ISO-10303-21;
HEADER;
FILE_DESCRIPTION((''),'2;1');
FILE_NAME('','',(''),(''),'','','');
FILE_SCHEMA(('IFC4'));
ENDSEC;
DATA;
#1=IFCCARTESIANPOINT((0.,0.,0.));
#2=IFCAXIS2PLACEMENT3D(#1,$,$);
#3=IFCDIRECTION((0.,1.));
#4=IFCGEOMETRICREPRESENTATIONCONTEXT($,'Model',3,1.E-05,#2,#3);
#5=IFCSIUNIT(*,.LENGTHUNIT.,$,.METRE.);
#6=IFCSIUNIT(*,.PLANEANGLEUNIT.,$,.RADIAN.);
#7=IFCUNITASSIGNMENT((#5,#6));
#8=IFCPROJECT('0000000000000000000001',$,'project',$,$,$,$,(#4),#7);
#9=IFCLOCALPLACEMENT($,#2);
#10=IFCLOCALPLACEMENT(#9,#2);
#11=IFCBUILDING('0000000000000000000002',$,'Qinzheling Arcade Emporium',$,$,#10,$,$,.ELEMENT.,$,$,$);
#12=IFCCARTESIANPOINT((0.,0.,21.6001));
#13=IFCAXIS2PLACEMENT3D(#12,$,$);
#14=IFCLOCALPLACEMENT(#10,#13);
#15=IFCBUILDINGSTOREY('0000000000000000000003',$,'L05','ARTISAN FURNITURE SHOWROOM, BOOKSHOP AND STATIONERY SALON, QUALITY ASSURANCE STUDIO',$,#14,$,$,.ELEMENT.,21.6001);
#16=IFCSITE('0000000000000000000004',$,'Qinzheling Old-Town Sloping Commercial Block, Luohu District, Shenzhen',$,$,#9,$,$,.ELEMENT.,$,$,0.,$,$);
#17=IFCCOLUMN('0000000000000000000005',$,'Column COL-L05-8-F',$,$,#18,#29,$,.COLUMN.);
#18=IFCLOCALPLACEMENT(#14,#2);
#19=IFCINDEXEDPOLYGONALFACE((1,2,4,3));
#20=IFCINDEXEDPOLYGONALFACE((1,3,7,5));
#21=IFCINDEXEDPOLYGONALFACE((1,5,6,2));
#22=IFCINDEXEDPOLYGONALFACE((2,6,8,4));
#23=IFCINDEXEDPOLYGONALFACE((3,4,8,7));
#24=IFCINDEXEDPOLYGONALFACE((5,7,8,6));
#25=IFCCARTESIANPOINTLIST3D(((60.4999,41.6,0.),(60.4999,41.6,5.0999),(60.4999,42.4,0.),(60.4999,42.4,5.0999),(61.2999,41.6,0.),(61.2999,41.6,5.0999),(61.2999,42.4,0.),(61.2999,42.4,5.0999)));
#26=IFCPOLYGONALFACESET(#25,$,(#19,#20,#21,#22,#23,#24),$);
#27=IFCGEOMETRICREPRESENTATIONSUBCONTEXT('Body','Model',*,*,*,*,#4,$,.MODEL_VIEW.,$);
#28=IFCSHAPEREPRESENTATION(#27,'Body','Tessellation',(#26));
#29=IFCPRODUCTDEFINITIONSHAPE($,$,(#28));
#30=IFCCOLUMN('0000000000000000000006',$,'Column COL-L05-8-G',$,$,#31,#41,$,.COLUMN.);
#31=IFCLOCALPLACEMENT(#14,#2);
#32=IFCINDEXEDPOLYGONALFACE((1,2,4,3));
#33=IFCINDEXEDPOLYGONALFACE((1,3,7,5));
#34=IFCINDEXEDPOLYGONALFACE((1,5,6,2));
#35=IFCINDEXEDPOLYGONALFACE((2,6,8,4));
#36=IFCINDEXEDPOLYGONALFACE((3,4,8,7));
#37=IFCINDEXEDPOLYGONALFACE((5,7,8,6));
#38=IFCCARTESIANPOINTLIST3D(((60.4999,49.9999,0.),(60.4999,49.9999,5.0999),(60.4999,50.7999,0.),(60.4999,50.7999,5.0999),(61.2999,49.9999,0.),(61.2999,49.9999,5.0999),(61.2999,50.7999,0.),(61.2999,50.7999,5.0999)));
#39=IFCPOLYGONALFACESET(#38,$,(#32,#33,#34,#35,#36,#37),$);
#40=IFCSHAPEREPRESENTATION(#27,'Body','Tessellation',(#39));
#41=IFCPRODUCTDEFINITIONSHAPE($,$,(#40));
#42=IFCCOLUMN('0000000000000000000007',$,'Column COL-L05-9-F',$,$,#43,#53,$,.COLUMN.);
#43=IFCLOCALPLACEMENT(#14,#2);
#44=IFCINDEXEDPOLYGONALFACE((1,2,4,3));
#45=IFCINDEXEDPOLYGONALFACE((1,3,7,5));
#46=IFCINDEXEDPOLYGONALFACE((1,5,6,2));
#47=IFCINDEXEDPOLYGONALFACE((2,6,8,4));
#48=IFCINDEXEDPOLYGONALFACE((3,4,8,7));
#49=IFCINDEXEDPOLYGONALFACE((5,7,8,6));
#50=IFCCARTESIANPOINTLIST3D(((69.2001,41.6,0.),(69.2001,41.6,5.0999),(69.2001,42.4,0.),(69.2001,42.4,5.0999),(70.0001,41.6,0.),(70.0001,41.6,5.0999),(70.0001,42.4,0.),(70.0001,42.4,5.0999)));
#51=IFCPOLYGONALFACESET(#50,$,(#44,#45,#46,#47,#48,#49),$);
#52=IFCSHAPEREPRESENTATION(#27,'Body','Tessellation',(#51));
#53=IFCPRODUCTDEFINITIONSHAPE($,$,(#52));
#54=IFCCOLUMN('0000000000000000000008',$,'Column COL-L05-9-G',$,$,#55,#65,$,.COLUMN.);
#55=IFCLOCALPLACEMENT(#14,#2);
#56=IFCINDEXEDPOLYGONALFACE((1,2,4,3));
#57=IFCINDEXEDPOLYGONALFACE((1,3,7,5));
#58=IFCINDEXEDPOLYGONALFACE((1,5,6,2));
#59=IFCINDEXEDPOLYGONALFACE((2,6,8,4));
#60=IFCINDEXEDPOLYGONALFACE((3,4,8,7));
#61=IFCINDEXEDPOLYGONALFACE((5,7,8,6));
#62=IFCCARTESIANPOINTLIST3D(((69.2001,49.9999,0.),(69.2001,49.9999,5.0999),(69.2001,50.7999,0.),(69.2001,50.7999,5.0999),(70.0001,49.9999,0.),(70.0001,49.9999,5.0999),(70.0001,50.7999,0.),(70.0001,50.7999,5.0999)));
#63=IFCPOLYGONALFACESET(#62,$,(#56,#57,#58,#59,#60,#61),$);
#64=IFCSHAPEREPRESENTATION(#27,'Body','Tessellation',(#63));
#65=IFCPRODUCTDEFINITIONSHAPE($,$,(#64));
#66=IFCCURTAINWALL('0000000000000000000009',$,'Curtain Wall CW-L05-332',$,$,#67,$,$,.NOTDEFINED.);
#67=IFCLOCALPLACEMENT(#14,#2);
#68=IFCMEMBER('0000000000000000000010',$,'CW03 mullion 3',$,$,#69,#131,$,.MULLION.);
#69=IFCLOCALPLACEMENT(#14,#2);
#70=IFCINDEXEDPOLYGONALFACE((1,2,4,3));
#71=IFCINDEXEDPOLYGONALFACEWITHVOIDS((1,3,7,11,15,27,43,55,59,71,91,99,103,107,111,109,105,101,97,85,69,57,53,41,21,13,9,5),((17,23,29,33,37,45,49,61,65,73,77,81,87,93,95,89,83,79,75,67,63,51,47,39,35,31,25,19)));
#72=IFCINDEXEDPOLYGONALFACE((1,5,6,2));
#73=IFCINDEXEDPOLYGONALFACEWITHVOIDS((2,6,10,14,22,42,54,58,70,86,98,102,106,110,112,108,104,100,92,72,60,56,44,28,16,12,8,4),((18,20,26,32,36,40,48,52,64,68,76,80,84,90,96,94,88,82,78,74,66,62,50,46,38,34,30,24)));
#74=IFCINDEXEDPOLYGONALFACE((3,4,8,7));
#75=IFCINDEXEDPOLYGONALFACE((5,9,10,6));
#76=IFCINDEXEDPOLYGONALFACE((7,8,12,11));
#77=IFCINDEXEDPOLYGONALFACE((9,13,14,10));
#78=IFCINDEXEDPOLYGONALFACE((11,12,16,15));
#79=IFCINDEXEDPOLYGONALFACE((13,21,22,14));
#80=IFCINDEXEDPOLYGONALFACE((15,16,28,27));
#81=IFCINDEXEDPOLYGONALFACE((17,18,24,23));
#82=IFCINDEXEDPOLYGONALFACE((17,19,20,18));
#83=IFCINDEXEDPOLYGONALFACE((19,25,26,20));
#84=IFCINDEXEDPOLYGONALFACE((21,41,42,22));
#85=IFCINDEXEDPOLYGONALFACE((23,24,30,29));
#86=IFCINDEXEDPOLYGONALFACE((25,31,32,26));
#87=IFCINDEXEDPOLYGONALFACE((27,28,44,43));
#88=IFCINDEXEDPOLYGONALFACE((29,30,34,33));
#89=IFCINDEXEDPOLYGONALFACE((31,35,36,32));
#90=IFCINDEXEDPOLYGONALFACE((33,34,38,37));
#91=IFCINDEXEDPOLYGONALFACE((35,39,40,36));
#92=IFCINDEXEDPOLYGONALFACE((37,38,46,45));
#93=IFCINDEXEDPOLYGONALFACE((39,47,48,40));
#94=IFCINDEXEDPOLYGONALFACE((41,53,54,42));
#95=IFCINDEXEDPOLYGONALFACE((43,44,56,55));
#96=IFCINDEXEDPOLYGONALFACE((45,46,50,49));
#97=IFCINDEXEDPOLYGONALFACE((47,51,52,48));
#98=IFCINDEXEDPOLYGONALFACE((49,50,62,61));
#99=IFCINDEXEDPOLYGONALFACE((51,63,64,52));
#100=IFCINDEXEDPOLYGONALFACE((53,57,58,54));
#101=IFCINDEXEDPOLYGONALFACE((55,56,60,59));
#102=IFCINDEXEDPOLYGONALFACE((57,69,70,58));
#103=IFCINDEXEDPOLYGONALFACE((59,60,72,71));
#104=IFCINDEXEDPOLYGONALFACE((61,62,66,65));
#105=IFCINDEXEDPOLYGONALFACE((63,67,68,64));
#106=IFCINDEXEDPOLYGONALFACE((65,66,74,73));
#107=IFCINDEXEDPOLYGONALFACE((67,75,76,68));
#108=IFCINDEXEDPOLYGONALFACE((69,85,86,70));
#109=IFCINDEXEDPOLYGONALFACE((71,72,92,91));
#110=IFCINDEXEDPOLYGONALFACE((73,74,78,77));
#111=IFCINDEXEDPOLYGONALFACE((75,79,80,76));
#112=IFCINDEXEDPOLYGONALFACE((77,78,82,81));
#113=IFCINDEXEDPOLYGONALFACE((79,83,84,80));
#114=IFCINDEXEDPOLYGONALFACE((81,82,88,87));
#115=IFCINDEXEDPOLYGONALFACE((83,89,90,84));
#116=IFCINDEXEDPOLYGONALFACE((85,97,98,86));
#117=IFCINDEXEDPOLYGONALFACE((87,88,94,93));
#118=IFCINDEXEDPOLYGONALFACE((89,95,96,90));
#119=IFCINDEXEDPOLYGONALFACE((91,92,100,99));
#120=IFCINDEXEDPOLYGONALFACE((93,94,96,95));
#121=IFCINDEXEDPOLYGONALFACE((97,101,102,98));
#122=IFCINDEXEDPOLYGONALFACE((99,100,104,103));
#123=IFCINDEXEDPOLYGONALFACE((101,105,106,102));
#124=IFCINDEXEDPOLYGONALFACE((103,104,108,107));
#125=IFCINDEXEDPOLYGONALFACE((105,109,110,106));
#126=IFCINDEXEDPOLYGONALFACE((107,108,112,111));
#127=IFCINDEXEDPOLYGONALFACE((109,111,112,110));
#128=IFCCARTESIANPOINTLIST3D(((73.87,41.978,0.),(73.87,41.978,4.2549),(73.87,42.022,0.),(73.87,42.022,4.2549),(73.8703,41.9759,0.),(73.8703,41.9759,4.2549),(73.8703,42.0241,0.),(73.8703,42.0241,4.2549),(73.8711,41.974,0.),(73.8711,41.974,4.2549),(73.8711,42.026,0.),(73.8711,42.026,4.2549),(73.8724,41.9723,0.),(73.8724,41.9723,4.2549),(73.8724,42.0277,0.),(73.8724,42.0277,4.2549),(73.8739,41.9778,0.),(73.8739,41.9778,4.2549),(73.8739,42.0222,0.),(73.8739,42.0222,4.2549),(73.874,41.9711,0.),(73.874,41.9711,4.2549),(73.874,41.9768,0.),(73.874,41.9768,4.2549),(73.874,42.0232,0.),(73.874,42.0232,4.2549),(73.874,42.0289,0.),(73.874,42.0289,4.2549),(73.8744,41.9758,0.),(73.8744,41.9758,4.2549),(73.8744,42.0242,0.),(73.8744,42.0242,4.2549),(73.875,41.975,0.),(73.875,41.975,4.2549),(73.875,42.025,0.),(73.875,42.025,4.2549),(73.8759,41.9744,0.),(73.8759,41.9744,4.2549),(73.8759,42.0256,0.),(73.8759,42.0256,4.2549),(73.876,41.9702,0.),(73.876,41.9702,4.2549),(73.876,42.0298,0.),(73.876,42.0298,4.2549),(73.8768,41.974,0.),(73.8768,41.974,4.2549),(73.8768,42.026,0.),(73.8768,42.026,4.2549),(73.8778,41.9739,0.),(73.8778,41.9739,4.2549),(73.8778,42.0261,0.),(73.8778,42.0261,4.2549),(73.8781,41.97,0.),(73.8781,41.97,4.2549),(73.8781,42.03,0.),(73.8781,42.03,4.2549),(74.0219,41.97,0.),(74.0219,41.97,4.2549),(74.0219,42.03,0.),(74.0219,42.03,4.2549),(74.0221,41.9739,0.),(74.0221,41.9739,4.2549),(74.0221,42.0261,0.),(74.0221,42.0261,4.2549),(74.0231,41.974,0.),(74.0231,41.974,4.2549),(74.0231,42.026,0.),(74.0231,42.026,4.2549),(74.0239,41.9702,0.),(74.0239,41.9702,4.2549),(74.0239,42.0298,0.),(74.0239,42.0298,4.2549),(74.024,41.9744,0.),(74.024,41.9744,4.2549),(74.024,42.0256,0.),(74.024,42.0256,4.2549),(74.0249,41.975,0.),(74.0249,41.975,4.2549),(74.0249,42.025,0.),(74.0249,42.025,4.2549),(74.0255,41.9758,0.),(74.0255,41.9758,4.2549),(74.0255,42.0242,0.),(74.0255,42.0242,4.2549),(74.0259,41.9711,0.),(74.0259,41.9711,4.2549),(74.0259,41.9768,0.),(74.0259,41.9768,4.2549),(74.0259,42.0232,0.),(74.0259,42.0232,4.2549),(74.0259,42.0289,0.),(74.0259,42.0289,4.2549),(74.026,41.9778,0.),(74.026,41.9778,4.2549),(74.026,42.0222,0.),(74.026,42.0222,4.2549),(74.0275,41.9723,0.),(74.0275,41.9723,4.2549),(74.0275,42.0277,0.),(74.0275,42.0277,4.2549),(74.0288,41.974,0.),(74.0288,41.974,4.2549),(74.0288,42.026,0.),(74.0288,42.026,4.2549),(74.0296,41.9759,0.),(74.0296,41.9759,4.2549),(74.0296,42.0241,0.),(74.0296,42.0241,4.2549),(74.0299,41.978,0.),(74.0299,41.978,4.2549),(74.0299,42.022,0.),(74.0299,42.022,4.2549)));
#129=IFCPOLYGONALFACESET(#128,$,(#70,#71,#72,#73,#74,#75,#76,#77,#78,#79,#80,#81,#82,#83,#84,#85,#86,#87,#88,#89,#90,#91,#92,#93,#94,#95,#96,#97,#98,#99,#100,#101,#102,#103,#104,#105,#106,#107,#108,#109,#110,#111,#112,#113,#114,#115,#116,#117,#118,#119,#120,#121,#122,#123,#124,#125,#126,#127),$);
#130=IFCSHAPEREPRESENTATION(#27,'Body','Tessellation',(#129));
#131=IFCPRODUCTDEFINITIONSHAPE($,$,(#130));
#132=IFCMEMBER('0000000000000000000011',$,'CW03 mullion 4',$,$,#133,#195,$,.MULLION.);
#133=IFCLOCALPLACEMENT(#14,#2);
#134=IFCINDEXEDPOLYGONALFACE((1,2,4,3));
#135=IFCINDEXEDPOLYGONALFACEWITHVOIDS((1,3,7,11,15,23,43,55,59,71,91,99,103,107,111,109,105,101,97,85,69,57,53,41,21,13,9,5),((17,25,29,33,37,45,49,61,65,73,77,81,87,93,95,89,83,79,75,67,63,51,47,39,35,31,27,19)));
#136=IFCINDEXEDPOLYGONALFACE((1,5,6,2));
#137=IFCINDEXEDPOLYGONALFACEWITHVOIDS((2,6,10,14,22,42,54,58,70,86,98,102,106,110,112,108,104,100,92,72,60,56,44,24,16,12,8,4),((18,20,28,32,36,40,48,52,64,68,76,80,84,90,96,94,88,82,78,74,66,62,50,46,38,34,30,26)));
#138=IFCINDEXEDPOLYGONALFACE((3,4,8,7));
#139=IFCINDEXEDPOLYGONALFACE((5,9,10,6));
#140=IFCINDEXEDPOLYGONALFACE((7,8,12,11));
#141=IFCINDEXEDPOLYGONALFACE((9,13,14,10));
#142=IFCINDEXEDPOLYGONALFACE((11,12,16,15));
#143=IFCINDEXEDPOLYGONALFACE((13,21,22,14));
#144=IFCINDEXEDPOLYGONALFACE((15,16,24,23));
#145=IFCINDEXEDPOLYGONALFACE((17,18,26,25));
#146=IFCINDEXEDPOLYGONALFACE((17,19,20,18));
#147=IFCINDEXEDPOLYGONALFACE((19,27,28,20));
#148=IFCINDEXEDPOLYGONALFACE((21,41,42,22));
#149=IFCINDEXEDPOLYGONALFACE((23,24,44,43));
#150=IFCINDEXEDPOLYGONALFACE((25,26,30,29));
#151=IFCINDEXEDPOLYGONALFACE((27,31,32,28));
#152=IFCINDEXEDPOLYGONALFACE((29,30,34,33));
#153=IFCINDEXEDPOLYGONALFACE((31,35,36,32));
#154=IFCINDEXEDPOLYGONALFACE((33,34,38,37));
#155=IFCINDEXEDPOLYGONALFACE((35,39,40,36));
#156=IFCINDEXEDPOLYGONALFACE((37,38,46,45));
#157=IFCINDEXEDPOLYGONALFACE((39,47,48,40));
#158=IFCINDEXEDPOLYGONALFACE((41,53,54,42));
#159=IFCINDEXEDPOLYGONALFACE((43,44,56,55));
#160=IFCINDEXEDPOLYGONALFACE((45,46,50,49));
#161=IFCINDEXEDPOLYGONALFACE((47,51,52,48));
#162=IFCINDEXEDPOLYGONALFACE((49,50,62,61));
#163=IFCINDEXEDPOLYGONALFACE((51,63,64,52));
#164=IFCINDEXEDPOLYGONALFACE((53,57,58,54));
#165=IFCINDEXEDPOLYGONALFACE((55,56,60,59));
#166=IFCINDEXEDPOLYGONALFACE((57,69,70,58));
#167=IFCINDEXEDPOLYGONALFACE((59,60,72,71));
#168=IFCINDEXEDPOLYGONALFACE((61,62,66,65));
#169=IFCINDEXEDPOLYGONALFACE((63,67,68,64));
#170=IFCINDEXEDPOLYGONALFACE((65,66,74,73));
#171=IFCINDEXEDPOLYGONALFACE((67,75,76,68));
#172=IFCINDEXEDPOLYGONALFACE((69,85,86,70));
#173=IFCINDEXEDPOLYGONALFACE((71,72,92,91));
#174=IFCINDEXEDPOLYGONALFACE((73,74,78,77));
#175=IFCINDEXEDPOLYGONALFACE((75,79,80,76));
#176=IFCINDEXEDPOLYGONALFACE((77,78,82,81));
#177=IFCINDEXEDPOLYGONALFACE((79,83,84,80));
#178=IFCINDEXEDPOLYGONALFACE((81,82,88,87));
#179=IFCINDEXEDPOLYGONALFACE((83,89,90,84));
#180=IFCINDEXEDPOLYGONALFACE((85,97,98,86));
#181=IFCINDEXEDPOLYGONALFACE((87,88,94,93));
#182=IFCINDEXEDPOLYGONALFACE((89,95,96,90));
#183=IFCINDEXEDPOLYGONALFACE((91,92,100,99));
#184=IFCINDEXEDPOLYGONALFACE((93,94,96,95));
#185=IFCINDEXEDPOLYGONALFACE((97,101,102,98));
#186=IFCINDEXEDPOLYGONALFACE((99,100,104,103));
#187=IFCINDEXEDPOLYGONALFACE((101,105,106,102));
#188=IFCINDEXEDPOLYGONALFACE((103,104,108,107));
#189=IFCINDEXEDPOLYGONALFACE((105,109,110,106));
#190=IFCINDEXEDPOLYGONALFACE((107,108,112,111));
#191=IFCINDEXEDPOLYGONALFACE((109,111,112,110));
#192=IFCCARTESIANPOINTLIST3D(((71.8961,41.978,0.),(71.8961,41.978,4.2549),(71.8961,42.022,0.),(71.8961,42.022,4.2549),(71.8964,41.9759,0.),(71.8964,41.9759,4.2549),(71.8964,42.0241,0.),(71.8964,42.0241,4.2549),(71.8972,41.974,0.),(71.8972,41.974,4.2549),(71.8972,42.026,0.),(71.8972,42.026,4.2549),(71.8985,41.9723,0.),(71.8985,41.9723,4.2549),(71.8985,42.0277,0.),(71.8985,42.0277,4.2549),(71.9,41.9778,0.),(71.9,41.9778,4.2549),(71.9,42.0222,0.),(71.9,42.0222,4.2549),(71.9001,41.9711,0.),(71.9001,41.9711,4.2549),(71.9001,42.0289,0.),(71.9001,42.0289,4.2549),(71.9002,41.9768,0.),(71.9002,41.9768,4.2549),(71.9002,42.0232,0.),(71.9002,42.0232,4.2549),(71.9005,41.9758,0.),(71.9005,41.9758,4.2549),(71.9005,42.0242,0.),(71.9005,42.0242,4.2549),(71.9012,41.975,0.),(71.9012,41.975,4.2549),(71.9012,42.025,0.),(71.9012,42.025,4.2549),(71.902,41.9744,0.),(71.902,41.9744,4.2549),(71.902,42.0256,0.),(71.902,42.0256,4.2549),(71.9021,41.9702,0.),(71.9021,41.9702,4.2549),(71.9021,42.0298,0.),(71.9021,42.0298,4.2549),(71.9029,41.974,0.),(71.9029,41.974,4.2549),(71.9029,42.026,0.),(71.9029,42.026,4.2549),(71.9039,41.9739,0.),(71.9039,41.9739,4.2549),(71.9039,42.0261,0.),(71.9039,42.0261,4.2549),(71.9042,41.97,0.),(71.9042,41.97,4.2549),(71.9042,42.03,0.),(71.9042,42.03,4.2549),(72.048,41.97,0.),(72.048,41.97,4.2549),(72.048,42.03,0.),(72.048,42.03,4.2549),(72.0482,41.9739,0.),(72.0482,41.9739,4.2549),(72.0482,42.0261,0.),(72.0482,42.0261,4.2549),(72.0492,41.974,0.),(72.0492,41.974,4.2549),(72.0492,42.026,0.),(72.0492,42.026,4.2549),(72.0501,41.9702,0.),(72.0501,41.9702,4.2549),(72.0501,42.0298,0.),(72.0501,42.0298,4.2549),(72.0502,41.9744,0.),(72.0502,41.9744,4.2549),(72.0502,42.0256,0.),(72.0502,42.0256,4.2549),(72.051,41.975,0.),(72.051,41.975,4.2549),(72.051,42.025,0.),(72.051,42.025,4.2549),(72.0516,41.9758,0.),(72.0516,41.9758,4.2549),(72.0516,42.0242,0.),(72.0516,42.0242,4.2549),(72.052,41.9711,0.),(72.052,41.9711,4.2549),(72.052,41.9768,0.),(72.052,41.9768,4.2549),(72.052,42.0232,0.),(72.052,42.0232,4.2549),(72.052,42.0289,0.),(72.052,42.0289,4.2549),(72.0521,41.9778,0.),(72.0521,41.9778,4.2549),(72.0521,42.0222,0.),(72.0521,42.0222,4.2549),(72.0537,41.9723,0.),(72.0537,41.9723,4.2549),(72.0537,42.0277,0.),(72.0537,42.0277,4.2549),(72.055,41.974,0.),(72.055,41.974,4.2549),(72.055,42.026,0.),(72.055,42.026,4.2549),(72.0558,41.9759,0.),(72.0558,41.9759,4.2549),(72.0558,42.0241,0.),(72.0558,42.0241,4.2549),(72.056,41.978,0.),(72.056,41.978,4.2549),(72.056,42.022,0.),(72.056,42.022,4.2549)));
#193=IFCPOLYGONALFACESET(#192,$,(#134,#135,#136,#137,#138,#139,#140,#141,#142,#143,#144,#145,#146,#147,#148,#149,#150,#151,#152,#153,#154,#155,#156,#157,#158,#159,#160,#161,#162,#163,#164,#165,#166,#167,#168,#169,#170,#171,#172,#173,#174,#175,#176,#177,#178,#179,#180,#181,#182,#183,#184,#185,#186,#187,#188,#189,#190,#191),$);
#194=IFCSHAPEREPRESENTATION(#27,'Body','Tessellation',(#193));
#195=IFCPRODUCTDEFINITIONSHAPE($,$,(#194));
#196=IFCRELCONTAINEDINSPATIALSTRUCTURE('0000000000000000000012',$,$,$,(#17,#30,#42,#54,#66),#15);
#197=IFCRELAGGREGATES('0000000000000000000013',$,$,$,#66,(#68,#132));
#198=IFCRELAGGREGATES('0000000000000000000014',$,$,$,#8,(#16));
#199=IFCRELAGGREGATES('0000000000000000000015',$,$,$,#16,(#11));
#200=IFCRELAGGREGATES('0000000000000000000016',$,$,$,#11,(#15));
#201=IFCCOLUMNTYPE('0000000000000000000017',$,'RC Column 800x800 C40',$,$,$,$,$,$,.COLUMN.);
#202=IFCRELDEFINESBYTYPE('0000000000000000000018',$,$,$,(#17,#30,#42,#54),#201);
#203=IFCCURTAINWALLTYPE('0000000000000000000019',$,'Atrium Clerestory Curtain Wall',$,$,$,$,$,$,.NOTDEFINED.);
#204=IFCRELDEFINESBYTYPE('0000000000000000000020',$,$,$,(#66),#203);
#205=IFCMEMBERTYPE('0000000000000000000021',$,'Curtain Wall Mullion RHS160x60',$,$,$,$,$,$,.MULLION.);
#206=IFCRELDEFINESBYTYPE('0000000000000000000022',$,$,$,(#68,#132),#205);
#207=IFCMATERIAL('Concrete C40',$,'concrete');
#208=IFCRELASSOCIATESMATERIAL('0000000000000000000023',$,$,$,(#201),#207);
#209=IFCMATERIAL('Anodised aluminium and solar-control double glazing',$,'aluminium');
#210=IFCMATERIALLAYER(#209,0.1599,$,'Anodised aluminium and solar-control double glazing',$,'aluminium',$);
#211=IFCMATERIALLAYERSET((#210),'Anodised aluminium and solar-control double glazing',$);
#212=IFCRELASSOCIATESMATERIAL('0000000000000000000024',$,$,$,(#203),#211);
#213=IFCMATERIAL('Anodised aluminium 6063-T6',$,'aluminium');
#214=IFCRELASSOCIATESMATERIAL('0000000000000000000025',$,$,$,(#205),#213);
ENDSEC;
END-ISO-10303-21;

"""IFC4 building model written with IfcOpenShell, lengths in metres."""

from ifc_helpers import new_model, si_unit, direction, frame, origin, origin_2d, place, context, subcontext, project, spatial, rectangle, hollow_rectangle, extrude, material, layer, layer_set, material_profile, profile_set, type_object, element, aggregate, save


model = new_model("IFC4")

# Units and contexts
model_context = context("Model", 3, precision=1e-05, world=origin(), true_north=direction((0.0, 1.0)))
body_context = subcontext(model_context, "Body", "Model", "MODEL_VIEW")
ifc_project = project(units=[si_unit("LENGTHUNIT", "METRE"), si_unit("PLANEANGLEUNIT", "RADIAN")], contexts=[model_context])

# Site, building, storey
site_placement = place(None, origin())
site = spatial("IfcSite", under=ifc_project, at=site_placement, Name="Qinzheling Old-Town Sloping Commercial Block, Luohu District, Shenzhen", CompositionType="ELEMENT", RefElevation=0.0)
building_placement = place(site_placement, origin())
building = spatial("IfcBuilding", under=site, at=building_placement, Name="Qinzheling Arcade Emporium", CompositionType="ELEMENT")
storey_placement = place(building_placement, frame((0.0, 0.0, 21.6001)))
storey = spatial("IfcBuildingStorey", under=building, at=storey_placement, Name="L05", Description="ARTISAN FURNITURE SHOWROOM, BOOKSHOP AND STATIONERY SALON, QUALITY ASSURANCE STUDIO", CompositionType="ELEMENT", Elevation=21.6001)

# Columns
ifc_material_1 = material(Name="Concrete C40", Category="concrete")
ifc_material_profile_1 = material_profile(ifc_material_1, rectangle(XDim=0.8, YDim=0.8, at=origin_2d()), Name="RC 800x800", Category="concrete")
ifc_profile_set_1 = profile_set([ifc_material_profile_1], Name="Concrete C40")
column_type = type_object("IfcColumnType", Name="RC Column 800x800 C40", PredefinedType="COLUMN", material=ifc_profile_set_1)
for number, where, z_axis, x_axis, name in (
    (1, (60.8999, 42.0, 0.0), (0.0, 0.0, 1.0), (1.0, 0.0, 0.0), "Column COL-L05-8-F"),
    (2, (60.8999, 50.3999, 0.0), (0.0, 0.0, 1.0), (1.0, 0.0, 0.0), "Column COL-L05-8-G"),
    (3, (69.6001, 42.0, 0.0), (0.0, 0.0, 1.0), (1.0, 0.0, 0.0), "Column COL-L05-9-F"),
    (4, (69.6001, 50.3999, 0.0), (0.0, 0.0, 1.0), (1.0, 0.0, 0.0), "Column COL-L05-9-G"),
):
    element("IfcColumn", number, at=place(storey_placement, frame(where, z_axis=z_axis, x_axis=x_axis)), inside=storey, type_object=column_type, Name=name, PredefinedType="COLUMN", context=body_context, shape_type="SweptSolid", body=[
        extrude(rectangle(XDim=0.8, YDim=0.8, at=origin_2d()), origin(), (0.0, 0.0, 1.0), 5.0999),
    ])

# Curtain wall, members
ifc_material_2 = material(Name="Anodised aluminium and solar-control double glazing", Category="aluminium")
ifc_layer_1 = layer(ifc_material_2, 0.1599, Name="Anodised aluminium and solar-control double glazing", Category="aluminium")
ifc_layer_set_1 = layer_set([ifc_layer_1], Name="Anodised aluminium and solar-control double glazing")
curtain_wall_type = type_object("IfcCurtainWallType", Name="Atrium Clerestory Curtain Wall", PredefinedType="NOTDEFINED", material=ifc_layer_set_1)
curtain_wall_placement = place(storey_placement, origin())
curtain_wall = element("IfcCurtainWall", 5, at=curtain_wall_placement, inside=storey, type_object=curtain_wall_type, Name="Curtain Wall CW-L05-332", PredefinedType="NOTDEFINED")
ifc_material_3 = material(Name="Anodised aluminium 6063-T6", Category="aluminium")
ifc_material_profile_2 = material_profile(ifc_material_3, hollow_rectangle(XDim=0.0601, YDim=0.1599, WallThickness=0.0039, InnerFilletRadius=0.0039, OuterFilletRadius=0.0081, at=origin_2d()), Name="RHS 160x60x4", Category="aluminium")
ifc_profile_set_2 = profile_set([ifc_material_profile_2], Name="Anodised aluminium 6063-T6")
member_type_1 = type_object("IfcMemberType", Name="Curtain Wall Mullion RHS160x60", PredefinedType="MULLION", material=ifc_profile_set_2)
member_1_placement = place(storey_placement, frame((73.95, 42.0, 0.0), z_axis=(0.0, 0.0, 1.0), x_axis=(0.0, -1.0, 0.0)))
member_1 = element("IfcMember", 6, at=member_1_placement, type_object=member_type_1, Name="CW03 mullion 3", PredefinedType="MULLION", context=body_context, shape_type="SweptSolid", body=[
    extrude(hollow_rectangle(XDim=0.0601, YDim=0.1599, WallThickness=0.0039, InnerFilletRadius=0.0039, OuterFilletRadius=0.0081, at=origin_2d()), origin(), (0.0, 0.0, 1.0), 4.2549),
])
member_2_placement = place(storey_placement, frame((71.9761, 42.0, 0.0), z_axis=(0.0, 0.0, 1.0), x_axis=(0.0, -1.0, 0.0)))
member_2 = element("IfcMember", 7, at=member_2_placement, type_object=member_type_1, Name="CW03 mullion 4", PredefinedType="MULLION", context=body_context, shape_type="SweptSolid", body=[
    extrude(hollow_rectangle(XDim=0.0601, YDim=0.1599, WallThickness=0.0039, InnerFilletRadius=0.0039, OuterFilletRadius=0.0081, at=origin_2d()), origin(), (0.0, 0.0, 1.0), 4.2549),
])

aggregate(curtain_wall, [member_1, member_2])

save(model, "model.ifc")
